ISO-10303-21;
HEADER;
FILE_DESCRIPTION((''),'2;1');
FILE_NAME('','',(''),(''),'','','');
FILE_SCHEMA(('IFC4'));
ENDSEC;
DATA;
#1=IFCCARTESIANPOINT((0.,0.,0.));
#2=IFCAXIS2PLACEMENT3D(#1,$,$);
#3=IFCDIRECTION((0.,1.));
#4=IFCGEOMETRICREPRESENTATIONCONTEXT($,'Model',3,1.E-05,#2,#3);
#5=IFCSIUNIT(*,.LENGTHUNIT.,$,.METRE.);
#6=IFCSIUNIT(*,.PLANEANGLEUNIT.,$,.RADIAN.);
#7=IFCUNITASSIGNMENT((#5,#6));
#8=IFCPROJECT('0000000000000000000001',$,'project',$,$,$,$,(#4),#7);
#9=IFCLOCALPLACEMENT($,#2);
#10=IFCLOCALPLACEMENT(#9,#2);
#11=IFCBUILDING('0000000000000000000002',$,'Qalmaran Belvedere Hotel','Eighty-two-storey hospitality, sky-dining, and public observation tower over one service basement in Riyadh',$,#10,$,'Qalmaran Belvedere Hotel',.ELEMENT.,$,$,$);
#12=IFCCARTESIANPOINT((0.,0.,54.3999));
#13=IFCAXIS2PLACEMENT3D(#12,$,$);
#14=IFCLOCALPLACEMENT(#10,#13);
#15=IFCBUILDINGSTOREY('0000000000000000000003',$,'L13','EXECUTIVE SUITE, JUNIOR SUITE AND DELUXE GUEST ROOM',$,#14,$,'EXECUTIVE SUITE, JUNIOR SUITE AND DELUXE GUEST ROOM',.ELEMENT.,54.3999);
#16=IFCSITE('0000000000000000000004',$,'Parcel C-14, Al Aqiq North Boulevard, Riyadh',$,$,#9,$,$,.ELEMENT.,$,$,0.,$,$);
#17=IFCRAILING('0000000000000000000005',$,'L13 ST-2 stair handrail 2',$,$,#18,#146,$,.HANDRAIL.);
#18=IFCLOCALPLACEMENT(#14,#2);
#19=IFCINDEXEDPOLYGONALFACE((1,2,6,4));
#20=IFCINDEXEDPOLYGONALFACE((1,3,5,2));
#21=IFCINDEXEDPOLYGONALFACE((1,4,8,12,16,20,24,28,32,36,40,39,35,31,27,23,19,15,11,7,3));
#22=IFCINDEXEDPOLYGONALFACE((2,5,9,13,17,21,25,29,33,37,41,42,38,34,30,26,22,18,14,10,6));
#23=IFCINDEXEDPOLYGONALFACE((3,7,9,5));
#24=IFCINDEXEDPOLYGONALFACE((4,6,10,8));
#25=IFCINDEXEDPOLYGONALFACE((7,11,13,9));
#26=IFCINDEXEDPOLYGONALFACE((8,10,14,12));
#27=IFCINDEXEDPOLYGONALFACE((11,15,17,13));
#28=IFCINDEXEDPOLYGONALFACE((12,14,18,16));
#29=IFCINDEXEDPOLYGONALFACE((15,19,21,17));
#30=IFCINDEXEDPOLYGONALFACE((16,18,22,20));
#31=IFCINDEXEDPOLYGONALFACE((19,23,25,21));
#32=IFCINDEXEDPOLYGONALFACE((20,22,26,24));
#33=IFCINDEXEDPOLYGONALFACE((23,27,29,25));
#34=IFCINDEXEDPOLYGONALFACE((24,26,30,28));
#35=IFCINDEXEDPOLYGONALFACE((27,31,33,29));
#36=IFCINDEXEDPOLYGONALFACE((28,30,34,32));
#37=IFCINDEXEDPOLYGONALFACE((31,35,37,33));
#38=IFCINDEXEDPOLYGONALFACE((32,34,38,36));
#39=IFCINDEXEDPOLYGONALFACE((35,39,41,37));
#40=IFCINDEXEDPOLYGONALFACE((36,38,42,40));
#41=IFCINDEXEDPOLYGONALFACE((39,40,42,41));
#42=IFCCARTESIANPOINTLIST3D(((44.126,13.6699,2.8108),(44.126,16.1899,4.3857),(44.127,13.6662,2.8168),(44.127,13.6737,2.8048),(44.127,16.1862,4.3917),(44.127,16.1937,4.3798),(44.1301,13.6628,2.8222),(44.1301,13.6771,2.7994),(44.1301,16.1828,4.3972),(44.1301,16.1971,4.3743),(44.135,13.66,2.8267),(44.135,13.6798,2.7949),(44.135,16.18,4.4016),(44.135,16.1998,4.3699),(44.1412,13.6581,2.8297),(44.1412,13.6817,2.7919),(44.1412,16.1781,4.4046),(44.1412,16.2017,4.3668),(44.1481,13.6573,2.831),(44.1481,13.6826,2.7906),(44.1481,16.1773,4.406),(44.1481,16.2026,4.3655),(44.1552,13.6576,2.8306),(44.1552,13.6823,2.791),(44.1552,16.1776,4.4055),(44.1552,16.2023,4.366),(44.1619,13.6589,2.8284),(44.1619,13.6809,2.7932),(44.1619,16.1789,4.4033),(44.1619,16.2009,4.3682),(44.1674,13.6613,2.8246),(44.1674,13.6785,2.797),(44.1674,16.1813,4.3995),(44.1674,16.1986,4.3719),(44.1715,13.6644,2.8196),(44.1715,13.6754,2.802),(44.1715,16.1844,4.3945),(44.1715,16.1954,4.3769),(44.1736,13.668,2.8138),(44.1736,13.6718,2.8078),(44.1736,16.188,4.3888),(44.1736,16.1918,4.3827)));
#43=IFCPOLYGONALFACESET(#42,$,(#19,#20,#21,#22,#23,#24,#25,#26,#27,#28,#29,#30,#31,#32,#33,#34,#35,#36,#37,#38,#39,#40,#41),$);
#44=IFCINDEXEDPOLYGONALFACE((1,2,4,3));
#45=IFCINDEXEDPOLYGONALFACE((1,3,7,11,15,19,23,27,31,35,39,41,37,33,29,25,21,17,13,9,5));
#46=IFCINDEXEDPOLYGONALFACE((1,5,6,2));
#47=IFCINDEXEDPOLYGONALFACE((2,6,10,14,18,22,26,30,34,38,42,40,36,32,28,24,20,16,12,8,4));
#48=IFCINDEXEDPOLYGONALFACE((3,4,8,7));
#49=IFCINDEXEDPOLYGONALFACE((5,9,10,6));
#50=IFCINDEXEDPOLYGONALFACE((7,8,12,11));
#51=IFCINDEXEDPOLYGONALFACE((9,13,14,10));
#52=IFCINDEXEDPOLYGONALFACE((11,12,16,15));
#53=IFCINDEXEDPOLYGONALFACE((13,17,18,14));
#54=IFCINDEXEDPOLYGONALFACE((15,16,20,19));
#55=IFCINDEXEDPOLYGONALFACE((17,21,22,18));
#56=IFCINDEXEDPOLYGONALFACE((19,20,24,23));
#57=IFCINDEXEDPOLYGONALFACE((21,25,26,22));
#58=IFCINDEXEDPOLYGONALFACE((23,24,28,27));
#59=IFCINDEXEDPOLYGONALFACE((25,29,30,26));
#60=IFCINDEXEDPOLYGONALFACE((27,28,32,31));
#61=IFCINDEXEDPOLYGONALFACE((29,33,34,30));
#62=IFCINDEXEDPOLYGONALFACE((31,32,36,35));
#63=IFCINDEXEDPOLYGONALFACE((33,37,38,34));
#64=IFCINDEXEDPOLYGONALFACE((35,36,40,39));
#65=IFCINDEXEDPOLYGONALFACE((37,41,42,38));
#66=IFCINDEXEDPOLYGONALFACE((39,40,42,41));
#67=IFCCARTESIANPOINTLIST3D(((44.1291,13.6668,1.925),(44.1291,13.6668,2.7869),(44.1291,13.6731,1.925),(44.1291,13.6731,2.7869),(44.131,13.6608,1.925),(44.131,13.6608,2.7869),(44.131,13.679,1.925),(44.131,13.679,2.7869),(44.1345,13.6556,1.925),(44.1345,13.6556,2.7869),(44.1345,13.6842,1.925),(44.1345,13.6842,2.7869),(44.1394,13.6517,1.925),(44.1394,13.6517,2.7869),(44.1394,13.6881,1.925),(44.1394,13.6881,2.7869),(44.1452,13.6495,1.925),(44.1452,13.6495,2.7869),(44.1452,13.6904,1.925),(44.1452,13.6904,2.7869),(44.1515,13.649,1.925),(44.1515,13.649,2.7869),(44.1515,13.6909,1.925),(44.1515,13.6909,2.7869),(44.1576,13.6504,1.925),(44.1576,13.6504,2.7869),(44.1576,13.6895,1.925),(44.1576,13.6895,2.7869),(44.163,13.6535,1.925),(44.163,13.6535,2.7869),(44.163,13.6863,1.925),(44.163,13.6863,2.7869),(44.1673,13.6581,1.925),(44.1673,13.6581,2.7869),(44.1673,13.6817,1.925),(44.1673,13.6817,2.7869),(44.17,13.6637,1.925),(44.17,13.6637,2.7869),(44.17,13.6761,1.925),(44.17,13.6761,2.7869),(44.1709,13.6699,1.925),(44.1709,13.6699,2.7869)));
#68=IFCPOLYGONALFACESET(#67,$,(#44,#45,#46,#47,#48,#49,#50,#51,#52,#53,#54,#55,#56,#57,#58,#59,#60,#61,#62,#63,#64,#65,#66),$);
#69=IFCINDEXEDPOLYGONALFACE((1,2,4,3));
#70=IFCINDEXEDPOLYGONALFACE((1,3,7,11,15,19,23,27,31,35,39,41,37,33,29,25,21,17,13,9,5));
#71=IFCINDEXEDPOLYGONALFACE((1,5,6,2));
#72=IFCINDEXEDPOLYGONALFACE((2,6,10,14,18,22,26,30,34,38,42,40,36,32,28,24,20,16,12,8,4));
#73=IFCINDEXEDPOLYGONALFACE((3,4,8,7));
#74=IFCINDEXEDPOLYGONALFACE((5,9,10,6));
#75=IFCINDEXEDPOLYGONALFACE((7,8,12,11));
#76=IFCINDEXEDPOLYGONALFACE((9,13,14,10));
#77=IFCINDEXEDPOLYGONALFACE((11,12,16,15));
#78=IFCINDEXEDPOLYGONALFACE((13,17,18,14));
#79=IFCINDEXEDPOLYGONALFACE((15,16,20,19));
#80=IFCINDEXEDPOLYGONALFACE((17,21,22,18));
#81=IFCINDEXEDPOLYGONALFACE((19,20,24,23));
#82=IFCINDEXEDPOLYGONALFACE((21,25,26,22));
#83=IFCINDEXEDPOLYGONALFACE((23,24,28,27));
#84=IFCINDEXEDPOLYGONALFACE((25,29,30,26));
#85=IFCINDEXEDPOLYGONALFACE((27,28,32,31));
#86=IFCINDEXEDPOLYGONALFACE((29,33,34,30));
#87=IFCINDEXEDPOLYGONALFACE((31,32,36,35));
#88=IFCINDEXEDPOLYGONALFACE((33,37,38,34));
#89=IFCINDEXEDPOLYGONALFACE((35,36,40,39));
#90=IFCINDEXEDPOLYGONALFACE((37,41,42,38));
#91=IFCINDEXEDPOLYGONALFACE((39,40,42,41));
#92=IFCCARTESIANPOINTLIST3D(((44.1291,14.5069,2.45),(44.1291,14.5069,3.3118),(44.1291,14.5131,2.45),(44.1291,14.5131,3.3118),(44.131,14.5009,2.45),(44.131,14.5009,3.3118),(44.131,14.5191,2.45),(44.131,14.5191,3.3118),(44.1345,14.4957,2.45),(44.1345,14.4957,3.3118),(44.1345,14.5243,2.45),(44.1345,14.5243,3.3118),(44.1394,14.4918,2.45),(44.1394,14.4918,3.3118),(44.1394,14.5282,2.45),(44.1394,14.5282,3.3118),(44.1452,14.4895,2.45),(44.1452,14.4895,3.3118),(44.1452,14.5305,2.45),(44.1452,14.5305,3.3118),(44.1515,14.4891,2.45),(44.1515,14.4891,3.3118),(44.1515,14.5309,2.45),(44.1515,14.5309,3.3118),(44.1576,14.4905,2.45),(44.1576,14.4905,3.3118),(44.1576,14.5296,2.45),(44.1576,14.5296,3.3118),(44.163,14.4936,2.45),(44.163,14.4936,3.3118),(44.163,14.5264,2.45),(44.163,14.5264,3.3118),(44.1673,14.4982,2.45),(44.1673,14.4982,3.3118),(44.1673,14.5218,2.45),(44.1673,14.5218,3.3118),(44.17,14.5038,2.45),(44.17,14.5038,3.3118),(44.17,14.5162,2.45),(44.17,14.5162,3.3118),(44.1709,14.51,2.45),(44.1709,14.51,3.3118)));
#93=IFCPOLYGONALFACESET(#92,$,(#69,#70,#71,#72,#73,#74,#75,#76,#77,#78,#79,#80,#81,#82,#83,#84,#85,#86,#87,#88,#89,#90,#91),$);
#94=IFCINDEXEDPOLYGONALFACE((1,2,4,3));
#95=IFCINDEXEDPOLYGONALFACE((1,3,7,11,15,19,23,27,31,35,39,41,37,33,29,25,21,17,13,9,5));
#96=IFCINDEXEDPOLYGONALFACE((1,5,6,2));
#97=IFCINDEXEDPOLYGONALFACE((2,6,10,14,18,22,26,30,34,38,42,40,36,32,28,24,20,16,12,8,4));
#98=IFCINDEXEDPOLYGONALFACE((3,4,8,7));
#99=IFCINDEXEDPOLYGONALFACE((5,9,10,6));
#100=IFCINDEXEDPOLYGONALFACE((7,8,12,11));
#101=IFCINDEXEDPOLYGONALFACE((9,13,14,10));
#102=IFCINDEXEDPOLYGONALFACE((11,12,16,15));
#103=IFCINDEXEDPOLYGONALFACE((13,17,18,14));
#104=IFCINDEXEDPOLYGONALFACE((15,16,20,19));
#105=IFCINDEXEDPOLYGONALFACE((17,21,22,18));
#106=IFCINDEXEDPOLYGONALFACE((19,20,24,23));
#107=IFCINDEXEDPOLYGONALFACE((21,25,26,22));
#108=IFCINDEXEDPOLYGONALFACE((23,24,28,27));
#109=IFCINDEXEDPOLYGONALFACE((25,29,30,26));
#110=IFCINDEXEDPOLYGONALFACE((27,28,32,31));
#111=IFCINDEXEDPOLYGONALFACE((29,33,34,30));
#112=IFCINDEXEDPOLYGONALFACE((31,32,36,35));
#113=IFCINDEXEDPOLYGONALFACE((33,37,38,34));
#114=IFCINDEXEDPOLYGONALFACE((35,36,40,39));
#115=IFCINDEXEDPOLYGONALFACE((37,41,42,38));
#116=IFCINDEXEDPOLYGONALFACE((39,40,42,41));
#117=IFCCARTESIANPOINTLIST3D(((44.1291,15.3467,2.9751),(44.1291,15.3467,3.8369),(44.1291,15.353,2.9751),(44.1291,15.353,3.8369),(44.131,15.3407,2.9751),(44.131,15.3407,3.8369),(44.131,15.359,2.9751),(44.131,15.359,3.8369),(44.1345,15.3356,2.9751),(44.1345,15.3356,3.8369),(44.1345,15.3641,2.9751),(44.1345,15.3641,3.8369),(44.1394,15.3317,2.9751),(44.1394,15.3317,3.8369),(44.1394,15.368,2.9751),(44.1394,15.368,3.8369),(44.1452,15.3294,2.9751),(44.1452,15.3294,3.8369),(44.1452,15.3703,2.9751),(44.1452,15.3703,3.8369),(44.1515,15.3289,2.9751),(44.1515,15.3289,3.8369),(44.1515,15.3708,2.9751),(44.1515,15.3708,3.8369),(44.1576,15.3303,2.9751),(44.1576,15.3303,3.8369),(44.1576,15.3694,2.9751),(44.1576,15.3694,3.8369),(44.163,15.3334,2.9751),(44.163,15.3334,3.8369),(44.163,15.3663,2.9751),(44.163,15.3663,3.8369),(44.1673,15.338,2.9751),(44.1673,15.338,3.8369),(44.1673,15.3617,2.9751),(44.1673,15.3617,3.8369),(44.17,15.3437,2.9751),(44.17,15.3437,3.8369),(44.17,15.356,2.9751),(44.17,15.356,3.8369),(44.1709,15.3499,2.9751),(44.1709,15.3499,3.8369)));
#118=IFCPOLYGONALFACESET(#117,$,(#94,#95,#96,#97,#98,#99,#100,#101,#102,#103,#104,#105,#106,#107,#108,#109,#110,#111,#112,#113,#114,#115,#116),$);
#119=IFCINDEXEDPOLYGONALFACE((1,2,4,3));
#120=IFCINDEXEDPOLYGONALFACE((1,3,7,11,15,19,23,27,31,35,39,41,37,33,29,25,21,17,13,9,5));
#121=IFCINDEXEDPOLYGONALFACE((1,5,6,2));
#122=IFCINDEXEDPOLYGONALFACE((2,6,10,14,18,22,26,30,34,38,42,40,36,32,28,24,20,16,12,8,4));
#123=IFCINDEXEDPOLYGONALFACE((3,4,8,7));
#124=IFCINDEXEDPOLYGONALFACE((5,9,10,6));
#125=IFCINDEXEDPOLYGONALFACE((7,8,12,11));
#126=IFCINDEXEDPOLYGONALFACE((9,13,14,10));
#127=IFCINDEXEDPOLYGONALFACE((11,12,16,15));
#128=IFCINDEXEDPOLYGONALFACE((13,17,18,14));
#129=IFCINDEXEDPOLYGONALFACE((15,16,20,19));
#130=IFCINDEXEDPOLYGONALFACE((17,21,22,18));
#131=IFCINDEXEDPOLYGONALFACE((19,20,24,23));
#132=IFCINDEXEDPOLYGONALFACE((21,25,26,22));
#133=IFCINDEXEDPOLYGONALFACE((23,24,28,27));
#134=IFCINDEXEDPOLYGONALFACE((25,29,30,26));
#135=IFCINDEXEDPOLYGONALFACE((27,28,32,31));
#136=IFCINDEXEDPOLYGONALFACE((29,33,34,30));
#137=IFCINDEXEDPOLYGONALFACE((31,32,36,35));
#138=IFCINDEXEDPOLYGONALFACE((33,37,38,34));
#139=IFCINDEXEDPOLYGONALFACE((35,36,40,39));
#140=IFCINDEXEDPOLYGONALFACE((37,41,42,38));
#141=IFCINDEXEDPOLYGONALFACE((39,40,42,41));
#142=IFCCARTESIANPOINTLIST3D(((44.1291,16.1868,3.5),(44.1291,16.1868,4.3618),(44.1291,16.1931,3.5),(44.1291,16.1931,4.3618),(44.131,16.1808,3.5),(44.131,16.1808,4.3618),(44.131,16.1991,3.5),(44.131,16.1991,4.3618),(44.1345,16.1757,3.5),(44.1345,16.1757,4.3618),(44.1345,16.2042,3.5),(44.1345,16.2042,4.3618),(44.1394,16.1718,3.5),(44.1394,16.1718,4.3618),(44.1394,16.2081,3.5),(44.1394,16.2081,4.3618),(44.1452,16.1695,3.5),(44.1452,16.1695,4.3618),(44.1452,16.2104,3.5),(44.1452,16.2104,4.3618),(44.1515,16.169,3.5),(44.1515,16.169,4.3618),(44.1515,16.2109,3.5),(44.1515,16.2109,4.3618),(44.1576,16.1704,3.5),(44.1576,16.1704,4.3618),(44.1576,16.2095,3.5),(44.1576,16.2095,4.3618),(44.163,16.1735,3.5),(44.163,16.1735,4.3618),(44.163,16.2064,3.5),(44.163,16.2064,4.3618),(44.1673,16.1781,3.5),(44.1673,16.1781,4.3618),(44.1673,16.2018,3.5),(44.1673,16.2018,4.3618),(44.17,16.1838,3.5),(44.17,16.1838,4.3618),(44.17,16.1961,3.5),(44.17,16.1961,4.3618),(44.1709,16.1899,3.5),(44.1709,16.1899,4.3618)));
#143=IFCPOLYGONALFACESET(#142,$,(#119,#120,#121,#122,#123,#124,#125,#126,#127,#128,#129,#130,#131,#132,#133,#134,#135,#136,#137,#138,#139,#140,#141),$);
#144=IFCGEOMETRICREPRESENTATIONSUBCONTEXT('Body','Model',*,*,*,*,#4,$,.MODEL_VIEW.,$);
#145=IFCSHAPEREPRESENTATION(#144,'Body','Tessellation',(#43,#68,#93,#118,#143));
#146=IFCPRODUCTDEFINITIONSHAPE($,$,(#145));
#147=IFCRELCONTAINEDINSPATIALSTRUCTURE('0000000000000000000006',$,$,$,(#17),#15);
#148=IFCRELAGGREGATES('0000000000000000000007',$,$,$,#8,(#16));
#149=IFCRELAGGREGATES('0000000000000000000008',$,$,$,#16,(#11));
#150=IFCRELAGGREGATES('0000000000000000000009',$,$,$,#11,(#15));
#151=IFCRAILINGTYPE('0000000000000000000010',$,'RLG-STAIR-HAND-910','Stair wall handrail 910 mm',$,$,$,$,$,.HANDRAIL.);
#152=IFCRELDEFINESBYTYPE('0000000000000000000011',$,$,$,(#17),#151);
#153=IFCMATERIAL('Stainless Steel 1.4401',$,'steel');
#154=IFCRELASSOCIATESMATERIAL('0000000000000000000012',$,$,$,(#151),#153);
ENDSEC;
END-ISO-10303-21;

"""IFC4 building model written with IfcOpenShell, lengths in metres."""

from ifc_helpers import new_model, si_unit, direction, frame, origin, origin_2d, place, context, subcontext, project, spatial, circle, extrude, material, type_object, element, save


model = new_model("IFC4")

# Units and contexts
model_context = context("Model", 3, precision=1e-05, world=origin(), true_north=direction((0.0, 1.0)))
body_context = subcontext(model_context, "Body", "Model", "MODEL_VIEW")
ifc_project = project(units=[si_unit("LENGTHUNIT", "METRE"), si_unit("PLANEANGLEUNIT", "RADIAN")], contexts=[model_context])

# Site, building, storey
site_placement = place(None, origin())
site = spatial("IfcSite", under=ifc_project, at=site_placement, Name="Parcel C-14, Al Aqiq North Boulevard, Riyadh", CompositionType="ELEMENT", RefElevation=0.0)
building_placement = place(site_placement, origin())
building = spatial("IfcBuilding", under=site, at=building_placement, Name="Qalmaran Belvedere Hotel", Description="Eighty-two-storey hospitality, sky-dining, and public observation tower over one service basement in Riyadh", LongName="Qalmaran Belvedere Hotel", CompositionType="ELEMENT")
storey_placement = place(building_placement, frame((0.0, 0.0, 54.3999)))
storey = spatial("IfcBuildingStorey", under=building, at=storey_placement, Name="L13", Description="EXECUTIVE SUITE, JUNIOR SUITE AND DELUXE GUEST ROOM", LongName="EXECUTIVE SUITE, JUNIOR SUITE AND DELUXE GUEST ROOM", CompositionType="ELEMENT", Elevation=54.3999)

# Shared definitions
ifc_material_1 = material(Name="Stainless Steel 1.4401", Category="steel")

# Railing
railing_type_1 = type_object("IfcRailingType", Name="RLG-STAIR-HAND-910", Description="Stair wall handrail 910 mm", PredefinedType="HANDRAIL", material=ifc_material_1)
railing_1_placement = place(storey_placement, frame((44.1499, 13.6699, 1.925)))
element("IfcRailing", 1, at=railing_1_placement, inside=storey, type_object=railing_type_1, Name="L13 ST-2 stair handrail 2", PredefinedType="HANDRAIL", context=body_context, shape_type="SweptSolid", body=[
    extrude(circle(Radius=0.0239, at=origin_2d()), frame((0.0, 0.0, 0.8857), z_axis=(0.0, 0.848008, 0.529984), x_axis=(-1.0, 0.0, 0.0)), (0.0, 0.0, 1.0), 2.9717),
    extrude(circle(Radius=0.021, at=origin_2d()), origin(), (0.0, 0.0, 1.0), 0.8618),
    extrude(circle(Radius=0.021, at=origin_2d()), frame((0.0, 0.8401, 0.5249)), (0.0, 0.0, 1.0), 0.8618),
    extrude(circle(Radius=0.021, at=origin_2d()), frame((0.0, 1.6799, 1.05)), (0.0, 0.0, 1.0), 0.8618),
    extrude(circle(Radius=0.021, at=origin_2d()), frame((0.0, 2.52, 1.575)), (0.0, 0.0, 1.0), 0.8618),
])

save(model, "model.ifc")
